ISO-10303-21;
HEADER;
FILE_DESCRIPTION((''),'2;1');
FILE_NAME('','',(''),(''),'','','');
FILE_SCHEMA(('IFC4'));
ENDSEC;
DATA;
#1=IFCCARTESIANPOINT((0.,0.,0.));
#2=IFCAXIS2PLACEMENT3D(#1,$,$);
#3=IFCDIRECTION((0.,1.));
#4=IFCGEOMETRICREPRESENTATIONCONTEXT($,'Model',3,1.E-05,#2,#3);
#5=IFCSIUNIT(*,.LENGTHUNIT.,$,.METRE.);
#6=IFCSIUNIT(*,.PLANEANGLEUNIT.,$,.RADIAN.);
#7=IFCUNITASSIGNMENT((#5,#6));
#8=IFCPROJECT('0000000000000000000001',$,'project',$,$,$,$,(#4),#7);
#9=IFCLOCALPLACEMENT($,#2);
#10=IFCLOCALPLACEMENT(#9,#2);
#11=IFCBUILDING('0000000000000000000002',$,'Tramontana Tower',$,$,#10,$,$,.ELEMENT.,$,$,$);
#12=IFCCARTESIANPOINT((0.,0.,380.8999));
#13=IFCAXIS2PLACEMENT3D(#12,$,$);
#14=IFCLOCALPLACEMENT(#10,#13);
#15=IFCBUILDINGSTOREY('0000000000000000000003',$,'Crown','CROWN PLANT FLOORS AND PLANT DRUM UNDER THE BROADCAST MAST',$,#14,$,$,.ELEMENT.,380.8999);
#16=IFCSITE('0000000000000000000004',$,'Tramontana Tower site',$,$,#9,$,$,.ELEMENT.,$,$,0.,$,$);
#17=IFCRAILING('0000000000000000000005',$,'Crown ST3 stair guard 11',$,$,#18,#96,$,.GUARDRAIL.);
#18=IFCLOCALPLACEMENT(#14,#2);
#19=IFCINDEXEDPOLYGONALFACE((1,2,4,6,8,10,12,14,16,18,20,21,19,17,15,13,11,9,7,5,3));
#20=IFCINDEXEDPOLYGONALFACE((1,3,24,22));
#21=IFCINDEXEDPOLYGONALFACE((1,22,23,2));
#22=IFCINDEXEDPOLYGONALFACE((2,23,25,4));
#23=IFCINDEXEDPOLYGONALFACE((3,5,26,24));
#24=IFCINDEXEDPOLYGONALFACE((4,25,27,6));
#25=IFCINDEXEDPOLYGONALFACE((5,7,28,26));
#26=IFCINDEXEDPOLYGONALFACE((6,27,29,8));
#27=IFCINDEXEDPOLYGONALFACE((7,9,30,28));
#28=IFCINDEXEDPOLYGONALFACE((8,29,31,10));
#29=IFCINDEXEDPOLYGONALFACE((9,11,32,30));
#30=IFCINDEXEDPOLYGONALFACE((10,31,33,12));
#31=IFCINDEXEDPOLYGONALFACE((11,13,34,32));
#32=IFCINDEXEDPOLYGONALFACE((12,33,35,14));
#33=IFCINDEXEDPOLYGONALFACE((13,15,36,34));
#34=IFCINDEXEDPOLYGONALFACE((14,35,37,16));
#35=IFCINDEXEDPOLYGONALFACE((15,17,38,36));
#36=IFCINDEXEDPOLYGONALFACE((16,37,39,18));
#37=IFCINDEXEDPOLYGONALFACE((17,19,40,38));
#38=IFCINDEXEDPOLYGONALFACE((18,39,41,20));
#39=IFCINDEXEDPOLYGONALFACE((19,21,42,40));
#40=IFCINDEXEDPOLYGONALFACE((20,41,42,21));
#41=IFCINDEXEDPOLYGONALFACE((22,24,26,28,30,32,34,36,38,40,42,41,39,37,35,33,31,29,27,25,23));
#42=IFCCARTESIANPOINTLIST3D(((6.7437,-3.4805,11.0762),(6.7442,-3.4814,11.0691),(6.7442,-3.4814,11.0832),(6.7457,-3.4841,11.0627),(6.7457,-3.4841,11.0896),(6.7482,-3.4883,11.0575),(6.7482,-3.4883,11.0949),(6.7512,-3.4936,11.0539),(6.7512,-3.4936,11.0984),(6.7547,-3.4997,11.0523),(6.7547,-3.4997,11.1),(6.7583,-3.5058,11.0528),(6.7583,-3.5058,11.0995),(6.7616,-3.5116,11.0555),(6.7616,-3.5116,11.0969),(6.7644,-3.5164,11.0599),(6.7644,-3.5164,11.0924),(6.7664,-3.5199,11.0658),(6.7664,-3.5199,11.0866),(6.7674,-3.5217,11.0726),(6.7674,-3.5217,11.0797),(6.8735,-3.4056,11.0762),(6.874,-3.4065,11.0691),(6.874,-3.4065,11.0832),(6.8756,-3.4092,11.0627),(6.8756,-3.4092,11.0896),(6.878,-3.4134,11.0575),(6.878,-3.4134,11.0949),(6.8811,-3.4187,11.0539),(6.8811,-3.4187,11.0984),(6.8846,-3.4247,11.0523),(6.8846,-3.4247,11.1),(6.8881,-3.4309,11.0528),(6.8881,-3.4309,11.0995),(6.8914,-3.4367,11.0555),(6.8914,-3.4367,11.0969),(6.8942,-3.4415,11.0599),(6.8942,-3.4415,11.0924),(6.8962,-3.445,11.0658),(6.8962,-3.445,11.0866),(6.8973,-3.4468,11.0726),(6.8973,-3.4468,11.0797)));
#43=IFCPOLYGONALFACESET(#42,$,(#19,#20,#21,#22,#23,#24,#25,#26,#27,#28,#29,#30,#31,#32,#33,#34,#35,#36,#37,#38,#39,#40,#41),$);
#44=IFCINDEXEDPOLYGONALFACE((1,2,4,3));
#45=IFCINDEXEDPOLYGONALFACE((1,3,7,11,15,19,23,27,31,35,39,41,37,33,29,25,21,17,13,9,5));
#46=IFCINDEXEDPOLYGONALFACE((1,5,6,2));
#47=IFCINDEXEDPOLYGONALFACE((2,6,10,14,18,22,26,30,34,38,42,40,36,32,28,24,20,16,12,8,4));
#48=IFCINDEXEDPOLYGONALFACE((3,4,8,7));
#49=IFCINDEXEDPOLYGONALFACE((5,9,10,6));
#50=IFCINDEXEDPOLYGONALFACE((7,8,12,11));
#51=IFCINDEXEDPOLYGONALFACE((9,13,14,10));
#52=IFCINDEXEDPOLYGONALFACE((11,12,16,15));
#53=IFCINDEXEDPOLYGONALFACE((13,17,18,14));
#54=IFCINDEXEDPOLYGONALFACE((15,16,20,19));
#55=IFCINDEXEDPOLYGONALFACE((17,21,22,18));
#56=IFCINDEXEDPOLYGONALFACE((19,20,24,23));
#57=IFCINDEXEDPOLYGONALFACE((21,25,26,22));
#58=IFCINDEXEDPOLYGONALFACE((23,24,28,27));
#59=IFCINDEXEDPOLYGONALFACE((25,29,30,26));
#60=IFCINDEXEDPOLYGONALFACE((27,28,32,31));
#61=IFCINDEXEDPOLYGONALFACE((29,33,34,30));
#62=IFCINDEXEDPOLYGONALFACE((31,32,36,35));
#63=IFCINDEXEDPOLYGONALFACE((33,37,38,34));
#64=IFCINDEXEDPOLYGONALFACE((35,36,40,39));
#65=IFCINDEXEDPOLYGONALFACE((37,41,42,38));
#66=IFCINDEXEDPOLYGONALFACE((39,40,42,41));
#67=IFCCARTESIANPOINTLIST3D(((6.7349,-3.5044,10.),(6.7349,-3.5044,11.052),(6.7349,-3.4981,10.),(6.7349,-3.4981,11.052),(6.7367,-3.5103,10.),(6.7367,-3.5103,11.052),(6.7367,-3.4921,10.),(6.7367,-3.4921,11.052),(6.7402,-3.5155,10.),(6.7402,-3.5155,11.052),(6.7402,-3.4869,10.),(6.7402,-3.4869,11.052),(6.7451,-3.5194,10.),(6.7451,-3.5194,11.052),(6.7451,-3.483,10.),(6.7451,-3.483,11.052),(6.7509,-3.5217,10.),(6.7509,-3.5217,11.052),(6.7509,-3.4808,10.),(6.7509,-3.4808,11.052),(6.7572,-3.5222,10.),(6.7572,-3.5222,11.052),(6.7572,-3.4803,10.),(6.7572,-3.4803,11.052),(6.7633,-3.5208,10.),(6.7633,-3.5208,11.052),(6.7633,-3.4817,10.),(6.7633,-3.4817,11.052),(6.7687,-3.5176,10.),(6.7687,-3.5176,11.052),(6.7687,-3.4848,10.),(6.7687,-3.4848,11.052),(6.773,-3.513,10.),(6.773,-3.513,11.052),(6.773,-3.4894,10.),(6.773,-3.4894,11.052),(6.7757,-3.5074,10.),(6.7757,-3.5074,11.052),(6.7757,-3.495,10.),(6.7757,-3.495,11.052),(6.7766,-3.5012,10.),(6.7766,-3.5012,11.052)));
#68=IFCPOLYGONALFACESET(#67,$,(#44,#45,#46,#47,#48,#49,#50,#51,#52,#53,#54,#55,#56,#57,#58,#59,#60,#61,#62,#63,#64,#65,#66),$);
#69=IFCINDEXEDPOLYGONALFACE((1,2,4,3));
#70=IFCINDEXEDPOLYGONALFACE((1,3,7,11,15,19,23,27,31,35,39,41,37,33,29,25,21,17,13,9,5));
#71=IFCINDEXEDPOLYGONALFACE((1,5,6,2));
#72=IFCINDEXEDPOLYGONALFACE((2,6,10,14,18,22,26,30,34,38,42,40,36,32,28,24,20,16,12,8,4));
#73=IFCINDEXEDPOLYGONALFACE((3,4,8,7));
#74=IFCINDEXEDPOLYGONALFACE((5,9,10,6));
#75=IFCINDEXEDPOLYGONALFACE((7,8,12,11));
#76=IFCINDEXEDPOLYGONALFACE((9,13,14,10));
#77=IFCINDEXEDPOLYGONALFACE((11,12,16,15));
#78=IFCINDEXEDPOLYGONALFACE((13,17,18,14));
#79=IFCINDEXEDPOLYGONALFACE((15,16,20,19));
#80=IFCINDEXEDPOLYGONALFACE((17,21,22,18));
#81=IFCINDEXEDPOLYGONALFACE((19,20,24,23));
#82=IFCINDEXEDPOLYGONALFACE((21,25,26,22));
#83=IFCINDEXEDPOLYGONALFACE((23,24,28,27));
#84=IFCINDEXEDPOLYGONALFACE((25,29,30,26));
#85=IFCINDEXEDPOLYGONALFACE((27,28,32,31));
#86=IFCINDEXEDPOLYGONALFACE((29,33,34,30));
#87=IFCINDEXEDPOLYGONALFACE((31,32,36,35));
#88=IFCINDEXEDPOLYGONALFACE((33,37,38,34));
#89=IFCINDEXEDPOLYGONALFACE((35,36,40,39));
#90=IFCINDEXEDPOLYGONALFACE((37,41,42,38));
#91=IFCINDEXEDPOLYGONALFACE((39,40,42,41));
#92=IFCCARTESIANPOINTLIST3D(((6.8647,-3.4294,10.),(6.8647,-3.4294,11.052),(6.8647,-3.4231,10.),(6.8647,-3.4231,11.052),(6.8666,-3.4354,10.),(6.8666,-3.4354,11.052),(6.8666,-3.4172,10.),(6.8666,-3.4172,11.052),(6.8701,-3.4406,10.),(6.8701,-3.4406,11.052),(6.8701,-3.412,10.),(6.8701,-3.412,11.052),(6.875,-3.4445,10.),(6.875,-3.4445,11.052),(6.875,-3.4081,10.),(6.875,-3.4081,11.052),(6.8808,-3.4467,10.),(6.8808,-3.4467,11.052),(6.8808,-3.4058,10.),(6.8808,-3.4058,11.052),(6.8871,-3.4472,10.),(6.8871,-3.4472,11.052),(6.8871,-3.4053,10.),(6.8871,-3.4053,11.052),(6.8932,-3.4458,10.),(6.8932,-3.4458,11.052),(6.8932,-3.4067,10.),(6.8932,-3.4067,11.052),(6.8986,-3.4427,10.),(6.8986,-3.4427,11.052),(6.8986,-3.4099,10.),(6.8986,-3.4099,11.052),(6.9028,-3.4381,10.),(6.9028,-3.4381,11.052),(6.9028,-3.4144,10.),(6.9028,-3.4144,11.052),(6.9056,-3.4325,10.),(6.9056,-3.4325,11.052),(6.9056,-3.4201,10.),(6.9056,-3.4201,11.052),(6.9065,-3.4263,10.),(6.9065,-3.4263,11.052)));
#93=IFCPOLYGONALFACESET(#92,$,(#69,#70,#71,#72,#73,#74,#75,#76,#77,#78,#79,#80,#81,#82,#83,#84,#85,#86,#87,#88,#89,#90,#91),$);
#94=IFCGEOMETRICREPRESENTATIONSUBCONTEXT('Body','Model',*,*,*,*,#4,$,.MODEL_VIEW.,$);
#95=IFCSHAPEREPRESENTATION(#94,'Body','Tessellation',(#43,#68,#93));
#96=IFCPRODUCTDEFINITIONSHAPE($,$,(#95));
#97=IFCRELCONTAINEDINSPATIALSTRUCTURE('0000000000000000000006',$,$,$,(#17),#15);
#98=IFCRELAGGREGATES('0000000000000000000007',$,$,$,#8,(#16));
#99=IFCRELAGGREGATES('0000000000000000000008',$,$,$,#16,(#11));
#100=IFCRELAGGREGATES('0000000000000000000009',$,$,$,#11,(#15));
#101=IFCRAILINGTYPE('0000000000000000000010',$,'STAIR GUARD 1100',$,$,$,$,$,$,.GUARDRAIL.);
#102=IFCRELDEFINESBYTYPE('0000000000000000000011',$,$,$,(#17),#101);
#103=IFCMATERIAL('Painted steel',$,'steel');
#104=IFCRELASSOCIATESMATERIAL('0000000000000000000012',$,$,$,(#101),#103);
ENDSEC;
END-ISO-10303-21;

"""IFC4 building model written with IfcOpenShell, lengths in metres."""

from ifc_helpers import new_model, si_unit, direction, frame, origin, origin_2d, place, context, subcontext, project, spatial, circle, extrude, material, type_object, element, save


model = new_model("IFC4")

# Units and contexts
model_context = context("Model", 3, precision=1e-05, world=origin(), true_north=direction((0.0, 1.0)))
body_context = subcontext(model_context, "Body", "Model", "MODEL_VIEW")
ifc_project = project(units=[si_unit("LENGTHUNIT", "METRE"), si_unit("PLANEANGLEUNIT", "RADIAN")], contexts=[model_context])

# Site, building, storey
site_placement = place(None, origin())
site = spatial("IfcSite", under=ifc_project, at=site_placement, Name="Tramontana Tower site", CompositionType="ELEMENT", RefElevation=0.0)
building_placement = place(site_placement, origin())
building = spatial("IfcBuilding", under=site, at=building_placement, Name="Tramontana Tower", CompositionType="ELEMENT")
storey_placement = place(building_placement, frame((0.0, 0.0, 380.8999)))
storey = spatial("IfcBuildingStorey", under=building, at=storey_placement, Name="Crown", Description="CROWN PLANT FLOORS AND PLANT DRUM UNDER THE BROADCAST MAST", CompositionType="ELEMENT", Elevation=380.8999)

# Railing
ifc_material_1 = material(Name="Painted steel", Category="steel")
railing_type_1 = type_object("IfcRailingType", Name="STAIR GUARD 1100", PredefinedType="GUARDRAIL", material=ifc_material_1)
for number, where, name in (
    (1, (6.7556, -3.5012, 10.0), "Crown ST3 stair guard 11"),
):
    element("IfcRailing", number, at=place(storey_placement, frame(where)), inside=storey, type_object=railing_type_1, Name=name, PredefinedType="GUARDRAIL", context=body_context, shape_type="SweptSolid", body=[
        extrude(circle(Radius=0.0239, at=origin_2d()), frame((0.0, 0.0, 1.0762), z_axis=(0.866131, 0.499816, 0.0), x_axis=(-0.499816, 0.866131, 0.0)), (0.0, 0.0, 1.0), 0.1499),
        extrude(circle(Radius=0.021, at=origin_2d()), origin(), (0.0, 0.0, 1.0), 1.052),
        extrude(circle(Radius=0.021, at=origin_2d()), frame((0.1299, 0.075, 0.0)), (0.0, 0.0, 1.0), 1.052),
    ])

save(model, "model.ifc")
